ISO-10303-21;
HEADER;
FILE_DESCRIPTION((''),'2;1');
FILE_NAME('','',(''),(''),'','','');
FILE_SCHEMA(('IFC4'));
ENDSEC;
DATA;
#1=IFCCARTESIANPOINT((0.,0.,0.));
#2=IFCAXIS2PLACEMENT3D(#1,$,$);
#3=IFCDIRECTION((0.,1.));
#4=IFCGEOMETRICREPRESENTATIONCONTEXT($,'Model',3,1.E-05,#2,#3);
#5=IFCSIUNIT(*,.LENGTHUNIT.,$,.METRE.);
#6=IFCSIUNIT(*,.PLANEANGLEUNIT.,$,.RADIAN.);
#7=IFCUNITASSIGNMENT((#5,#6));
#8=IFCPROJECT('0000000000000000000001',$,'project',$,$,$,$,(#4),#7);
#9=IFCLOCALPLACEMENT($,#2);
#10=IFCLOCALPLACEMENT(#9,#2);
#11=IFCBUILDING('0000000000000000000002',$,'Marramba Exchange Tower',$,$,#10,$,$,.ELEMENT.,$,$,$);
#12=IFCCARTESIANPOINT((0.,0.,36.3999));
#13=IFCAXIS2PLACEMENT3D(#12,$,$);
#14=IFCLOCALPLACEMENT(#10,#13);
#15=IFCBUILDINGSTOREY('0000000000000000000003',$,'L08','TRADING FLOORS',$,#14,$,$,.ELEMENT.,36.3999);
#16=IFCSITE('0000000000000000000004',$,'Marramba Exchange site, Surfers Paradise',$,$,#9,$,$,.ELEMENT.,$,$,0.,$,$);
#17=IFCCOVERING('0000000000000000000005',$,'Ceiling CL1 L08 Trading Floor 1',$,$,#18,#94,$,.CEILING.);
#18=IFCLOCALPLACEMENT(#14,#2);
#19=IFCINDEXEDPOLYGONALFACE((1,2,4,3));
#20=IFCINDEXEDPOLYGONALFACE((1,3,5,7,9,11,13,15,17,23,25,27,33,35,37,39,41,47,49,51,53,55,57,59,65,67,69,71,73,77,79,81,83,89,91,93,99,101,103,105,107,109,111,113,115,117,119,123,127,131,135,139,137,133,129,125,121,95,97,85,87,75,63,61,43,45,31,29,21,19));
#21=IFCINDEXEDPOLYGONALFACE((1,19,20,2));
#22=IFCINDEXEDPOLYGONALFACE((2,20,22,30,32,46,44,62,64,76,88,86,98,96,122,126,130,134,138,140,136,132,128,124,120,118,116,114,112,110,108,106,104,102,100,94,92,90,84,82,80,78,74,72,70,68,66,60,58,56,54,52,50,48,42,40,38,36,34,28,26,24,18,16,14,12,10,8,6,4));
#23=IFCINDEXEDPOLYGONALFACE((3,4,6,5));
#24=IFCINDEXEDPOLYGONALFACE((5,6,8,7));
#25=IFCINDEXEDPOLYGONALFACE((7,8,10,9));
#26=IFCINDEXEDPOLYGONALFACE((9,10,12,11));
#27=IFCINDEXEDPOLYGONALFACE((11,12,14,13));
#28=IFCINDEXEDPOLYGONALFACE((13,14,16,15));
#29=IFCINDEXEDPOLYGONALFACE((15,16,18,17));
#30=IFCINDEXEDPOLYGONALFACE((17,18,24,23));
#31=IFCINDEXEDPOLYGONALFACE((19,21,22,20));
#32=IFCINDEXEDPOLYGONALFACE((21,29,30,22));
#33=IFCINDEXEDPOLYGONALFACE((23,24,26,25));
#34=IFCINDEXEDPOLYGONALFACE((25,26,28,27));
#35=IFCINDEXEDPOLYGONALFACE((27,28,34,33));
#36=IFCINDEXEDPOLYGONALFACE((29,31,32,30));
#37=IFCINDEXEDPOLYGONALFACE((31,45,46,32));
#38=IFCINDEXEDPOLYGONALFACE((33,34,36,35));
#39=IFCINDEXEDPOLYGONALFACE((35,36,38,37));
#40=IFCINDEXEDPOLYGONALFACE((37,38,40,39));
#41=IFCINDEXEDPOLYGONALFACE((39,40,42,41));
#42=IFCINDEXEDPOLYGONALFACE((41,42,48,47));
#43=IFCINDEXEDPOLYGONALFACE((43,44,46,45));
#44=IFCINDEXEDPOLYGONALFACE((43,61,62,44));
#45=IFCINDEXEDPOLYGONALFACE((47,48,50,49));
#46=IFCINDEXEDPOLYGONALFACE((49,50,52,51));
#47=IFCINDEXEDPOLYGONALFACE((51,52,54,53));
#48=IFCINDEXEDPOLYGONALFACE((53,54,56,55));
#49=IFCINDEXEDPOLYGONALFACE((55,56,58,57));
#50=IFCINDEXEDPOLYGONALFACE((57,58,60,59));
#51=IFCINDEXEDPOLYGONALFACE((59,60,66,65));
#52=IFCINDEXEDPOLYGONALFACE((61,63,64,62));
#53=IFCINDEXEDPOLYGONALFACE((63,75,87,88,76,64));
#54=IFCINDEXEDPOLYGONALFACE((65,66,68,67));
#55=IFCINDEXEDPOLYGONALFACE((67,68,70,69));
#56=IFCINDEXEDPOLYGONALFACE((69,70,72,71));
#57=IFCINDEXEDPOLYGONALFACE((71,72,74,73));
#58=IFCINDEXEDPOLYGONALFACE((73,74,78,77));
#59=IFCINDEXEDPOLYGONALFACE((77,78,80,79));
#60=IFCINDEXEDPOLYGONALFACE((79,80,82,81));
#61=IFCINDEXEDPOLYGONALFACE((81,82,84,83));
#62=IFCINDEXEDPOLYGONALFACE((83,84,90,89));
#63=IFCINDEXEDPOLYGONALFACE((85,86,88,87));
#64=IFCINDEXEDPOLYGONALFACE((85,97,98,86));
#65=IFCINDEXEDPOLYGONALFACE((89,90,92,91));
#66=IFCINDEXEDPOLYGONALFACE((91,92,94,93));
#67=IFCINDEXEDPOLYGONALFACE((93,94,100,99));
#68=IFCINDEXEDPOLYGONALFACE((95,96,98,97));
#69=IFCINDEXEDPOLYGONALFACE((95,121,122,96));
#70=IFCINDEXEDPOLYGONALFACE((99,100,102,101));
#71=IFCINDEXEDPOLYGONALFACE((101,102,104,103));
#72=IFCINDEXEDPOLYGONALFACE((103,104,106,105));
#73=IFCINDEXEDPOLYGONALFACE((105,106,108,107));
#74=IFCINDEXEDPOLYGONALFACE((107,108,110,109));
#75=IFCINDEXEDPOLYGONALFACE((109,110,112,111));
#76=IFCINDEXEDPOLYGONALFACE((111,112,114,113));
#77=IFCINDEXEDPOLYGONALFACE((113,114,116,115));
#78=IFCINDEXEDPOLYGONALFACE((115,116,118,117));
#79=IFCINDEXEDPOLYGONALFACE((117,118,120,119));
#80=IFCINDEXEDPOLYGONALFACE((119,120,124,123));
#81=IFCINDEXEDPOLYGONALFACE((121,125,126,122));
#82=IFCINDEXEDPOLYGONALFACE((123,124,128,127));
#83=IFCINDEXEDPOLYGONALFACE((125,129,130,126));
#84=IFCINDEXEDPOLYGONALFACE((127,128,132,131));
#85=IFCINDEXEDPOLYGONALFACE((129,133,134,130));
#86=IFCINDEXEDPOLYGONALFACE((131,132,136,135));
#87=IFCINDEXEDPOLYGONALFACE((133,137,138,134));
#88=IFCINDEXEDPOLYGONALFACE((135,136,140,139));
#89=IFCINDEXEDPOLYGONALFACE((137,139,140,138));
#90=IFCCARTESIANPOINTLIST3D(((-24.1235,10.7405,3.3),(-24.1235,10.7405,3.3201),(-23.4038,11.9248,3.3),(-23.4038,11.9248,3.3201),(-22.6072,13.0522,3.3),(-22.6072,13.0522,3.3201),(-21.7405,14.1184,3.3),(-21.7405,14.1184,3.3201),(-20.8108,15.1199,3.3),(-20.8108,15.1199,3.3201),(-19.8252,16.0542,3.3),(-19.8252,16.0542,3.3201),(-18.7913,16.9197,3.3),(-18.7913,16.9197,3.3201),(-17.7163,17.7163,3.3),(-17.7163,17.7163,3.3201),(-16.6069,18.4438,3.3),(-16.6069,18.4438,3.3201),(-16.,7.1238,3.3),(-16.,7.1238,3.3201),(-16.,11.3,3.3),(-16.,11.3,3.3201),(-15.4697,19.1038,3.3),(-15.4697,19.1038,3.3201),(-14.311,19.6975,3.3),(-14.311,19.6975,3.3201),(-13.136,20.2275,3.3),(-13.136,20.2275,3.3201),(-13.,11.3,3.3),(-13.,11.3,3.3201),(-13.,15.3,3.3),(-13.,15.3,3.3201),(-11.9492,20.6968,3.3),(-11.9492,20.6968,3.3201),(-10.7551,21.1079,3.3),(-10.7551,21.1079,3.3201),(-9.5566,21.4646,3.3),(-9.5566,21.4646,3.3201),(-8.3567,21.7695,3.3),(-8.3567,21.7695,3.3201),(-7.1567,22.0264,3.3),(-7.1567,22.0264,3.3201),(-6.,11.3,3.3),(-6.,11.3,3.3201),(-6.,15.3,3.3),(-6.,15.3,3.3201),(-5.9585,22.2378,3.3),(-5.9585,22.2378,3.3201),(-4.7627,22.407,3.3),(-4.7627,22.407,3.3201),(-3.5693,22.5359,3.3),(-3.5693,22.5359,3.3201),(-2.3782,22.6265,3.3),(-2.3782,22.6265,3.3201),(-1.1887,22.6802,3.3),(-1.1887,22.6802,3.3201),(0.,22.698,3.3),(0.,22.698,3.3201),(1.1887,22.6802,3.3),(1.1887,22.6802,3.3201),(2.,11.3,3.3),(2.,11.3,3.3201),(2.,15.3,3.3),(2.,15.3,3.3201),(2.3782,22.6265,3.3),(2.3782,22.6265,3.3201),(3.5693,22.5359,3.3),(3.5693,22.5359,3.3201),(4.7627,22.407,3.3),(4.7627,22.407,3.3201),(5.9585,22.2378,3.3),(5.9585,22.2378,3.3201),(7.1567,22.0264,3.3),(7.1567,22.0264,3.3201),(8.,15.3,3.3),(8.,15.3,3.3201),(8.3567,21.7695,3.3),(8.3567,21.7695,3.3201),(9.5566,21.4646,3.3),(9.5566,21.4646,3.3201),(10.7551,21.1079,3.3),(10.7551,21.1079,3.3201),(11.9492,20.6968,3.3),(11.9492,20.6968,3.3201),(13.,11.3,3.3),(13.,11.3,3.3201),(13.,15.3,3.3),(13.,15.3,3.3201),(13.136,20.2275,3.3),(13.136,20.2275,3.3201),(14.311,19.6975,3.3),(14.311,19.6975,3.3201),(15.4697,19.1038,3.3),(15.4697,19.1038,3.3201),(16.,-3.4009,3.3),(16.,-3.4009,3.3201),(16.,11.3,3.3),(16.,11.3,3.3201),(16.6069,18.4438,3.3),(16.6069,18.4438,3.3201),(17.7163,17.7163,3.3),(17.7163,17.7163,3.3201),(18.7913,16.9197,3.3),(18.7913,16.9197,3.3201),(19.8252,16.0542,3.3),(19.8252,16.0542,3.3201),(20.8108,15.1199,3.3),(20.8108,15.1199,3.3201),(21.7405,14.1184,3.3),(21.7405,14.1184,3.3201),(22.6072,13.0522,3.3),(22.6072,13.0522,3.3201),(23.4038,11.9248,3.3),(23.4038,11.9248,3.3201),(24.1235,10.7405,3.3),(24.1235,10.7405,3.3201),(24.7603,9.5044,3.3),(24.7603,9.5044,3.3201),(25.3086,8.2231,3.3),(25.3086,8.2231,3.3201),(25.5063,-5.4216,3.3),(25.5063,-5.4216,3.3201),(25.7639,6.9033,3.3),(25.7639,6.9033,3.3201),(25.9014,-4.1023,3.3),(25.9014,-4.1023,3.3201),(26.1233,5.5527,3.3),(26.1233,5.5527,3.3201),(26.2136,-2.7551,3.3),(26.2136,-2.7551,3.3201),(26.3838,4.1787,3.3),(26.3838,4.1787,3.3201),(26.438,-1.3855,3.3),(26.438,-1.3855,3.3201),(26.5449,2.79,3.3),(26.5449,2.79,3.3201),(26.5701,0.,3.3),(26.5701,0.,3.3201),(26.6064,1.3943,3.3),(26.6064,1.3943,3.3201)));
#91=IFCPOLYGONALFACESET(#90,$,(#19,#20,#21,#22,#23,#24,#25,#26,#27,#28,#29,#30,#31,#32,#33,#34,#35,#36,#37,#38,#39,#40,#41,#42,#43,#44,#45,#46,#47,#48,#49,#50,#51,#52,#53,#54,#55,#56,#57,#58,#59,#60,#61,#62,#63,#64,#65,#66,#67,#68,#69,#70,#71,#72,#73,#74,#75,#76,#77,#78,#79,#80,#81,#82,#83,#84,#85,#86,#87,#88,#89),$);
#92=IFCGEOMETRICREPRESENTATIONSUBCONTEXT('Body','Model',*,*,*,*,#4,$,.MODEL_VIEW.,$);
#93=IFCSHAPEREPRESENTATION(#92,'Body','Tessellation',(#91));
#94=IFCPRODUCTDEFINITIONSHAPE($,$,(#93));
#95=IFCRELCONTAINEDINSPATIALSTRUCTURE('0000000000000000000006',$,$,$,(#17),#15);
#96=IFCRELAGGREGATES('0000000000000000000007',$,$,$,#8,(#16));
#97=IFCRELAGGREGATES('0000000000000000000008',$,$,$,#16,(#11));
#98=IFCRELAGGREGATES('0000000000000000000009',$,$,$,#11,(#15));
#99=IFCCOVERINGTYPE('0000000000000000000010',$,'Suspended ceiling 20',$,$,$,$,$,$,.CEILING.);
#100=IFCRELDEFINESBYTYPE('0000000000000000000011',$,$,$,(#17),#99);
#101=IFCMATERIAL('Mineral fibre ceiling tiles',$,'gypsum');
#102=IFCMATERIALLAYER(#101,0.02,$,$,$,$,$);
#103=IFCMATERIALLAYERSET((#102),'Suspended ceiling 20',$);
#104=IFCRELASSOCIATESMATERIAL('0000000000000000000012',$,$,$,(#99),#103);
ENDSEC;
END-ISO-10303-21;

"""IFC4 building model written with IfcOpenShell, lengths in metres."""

from ifc_helpers import new_model, si_unit, direction, frame, origin, place, context, subcontext, project, spatial, polyline, outline, extrude, material, layer, layer_set, type_object, element, save


model = new_model("IFC4")

# Units and contexts
model_context = context("Model", 3, precision=1e-05, world=origin(), true_north=direction((0.0, 1.0)))
body_context = subcontext(model_context, "Body", "Model", "MODEL_VIEW")
ifc_project = project(units=[si_unit("LENGTHUNIT", "METRE"), si_unit("PLANEANGLEUNIT", "RADIAN")], contexts=[model_context])

# Site, building, storey
site_placement = place(None, origin())
site = spatial("IfcSite", under=ifc_project, at=site_placement, Name="Marramba Exchange site, Surfers Paradise", CompositionType="ELEMENT", RefElevation=0.0)
building_placement = place(site_placement, origin())
building = spatial("IfcBuilding", under=site, at=building_placement, Name="Marramba Exchange Tower", CompositionType="ELEMENT")
storey_placement = place(building_placement, frame((0.0, 0.0, 36.3999)))
storey = spatial("IfcBuildingStorey", under=building, at=storey_placement, Name="L08", Description="TRADING FLOORS", CompositionType="ELEMENT", Elevation=36.3999)

# Covering
ifc_material_1 = material(Name="Mineral fibre ceiling tiles", Category="gypsum")
ifc_layer_1 = layer(ifc_material_1, 0.02)
ifc_layer_set_1 = layer_set([ifc_layer_1], Name="Suspended ceiling 20")
covering_type_1 = type_object("IfcCoveringType", Name="Suspended ceiling 20", PredefinedType="CEILING", material=ifc_layer_set_1)
covering_1_placement = place(storey_placement, frame((0.0, 0.0, 3.3)))
element("IfcCovering", 1, at=covering_1_placement, inside=storey, type_object=covering_type_1, Name="Ceiling CL1 L08 Trading Floor 1", PredefinedType="CEILING", context=body_context, shape_type="SweptSolid", body=[
    extrude(outline(polyline([(13.0, 11.3), (13.0, 15.3), (8.0, 15.3), (2.0, 15.3), (2.0, 11.3), (-6.0, 11.3), (-6.0, 15.3), (-13.0, 15.3), (-13.0, 11.3), (-16.0, 11.3), (-16.0, 7.1238), (-24.1235, 10.7405), (-23.4038, 11.9248), (-22.6072, 13.0522), (-21.7405, 14.1184), (-20.8108, 15.1199), (-19.8252, 16.0542), (-18.7913, 16.9197), (-17.7163, 17.7163), (-16.6069, 18.4438), (-15.4697, 19.1038), (-14.311, 19.6975), (-13.136, 20.2275), (-11.9492, 20.6968), (-10.7551, 21.1079), (-9.5566, 21.4646), (-8.3567, 21.7695), (-7.1567, 22.0264), (-5.9585, 22.2378), (-4.7627, 22.407), (-3.5693, 22.5359), (-2.3782, 22.6265), (-1.1887, 22.6802), (0.0, 22.698), (1.1887, 22.6802), (2.3782, 22.6265), (3.5693, 22.5359), (4.7627, 22.407), (5.9585, 22.2378), (7.1567, 22.0264), (8.3567, 21.7695), (9.5566, 21.4646), (10.7551, 21.1079), (11.9492, 20.6968), (13.136, 20.2275), (14.311, 19.6975), (15.4697, 19.1038), (16.6069, 18.4438), (17.7163, 17.7163), (18.7913, 16.9197), (19.8252, 16.0542), (20.8108, 15.1199), (21.7405, 14.1184), (22.6072, 13.0522), (23.4038, 11.9248), (24.1235, 10.7405), (24.7603, 9.5044), (25.3086, 8.2231), (25.7639, 6.9033), (26.1233, 5.5527), (26.3838, 4.1787), (26.5449, 2.79), (26.6064, 1.3943), (26.5701, 0.0), (26.438, -1.3855), (26.2136, -2.7551), (25.9014, -4.1023), (25.5063, -5.4216), (16.0, -3.4009), (16.0, 11.3), (13.0, 11.3)])), origin(), (0.0, 0.0, 1.0), 0.02),
])

save(model, "model.ifc")
